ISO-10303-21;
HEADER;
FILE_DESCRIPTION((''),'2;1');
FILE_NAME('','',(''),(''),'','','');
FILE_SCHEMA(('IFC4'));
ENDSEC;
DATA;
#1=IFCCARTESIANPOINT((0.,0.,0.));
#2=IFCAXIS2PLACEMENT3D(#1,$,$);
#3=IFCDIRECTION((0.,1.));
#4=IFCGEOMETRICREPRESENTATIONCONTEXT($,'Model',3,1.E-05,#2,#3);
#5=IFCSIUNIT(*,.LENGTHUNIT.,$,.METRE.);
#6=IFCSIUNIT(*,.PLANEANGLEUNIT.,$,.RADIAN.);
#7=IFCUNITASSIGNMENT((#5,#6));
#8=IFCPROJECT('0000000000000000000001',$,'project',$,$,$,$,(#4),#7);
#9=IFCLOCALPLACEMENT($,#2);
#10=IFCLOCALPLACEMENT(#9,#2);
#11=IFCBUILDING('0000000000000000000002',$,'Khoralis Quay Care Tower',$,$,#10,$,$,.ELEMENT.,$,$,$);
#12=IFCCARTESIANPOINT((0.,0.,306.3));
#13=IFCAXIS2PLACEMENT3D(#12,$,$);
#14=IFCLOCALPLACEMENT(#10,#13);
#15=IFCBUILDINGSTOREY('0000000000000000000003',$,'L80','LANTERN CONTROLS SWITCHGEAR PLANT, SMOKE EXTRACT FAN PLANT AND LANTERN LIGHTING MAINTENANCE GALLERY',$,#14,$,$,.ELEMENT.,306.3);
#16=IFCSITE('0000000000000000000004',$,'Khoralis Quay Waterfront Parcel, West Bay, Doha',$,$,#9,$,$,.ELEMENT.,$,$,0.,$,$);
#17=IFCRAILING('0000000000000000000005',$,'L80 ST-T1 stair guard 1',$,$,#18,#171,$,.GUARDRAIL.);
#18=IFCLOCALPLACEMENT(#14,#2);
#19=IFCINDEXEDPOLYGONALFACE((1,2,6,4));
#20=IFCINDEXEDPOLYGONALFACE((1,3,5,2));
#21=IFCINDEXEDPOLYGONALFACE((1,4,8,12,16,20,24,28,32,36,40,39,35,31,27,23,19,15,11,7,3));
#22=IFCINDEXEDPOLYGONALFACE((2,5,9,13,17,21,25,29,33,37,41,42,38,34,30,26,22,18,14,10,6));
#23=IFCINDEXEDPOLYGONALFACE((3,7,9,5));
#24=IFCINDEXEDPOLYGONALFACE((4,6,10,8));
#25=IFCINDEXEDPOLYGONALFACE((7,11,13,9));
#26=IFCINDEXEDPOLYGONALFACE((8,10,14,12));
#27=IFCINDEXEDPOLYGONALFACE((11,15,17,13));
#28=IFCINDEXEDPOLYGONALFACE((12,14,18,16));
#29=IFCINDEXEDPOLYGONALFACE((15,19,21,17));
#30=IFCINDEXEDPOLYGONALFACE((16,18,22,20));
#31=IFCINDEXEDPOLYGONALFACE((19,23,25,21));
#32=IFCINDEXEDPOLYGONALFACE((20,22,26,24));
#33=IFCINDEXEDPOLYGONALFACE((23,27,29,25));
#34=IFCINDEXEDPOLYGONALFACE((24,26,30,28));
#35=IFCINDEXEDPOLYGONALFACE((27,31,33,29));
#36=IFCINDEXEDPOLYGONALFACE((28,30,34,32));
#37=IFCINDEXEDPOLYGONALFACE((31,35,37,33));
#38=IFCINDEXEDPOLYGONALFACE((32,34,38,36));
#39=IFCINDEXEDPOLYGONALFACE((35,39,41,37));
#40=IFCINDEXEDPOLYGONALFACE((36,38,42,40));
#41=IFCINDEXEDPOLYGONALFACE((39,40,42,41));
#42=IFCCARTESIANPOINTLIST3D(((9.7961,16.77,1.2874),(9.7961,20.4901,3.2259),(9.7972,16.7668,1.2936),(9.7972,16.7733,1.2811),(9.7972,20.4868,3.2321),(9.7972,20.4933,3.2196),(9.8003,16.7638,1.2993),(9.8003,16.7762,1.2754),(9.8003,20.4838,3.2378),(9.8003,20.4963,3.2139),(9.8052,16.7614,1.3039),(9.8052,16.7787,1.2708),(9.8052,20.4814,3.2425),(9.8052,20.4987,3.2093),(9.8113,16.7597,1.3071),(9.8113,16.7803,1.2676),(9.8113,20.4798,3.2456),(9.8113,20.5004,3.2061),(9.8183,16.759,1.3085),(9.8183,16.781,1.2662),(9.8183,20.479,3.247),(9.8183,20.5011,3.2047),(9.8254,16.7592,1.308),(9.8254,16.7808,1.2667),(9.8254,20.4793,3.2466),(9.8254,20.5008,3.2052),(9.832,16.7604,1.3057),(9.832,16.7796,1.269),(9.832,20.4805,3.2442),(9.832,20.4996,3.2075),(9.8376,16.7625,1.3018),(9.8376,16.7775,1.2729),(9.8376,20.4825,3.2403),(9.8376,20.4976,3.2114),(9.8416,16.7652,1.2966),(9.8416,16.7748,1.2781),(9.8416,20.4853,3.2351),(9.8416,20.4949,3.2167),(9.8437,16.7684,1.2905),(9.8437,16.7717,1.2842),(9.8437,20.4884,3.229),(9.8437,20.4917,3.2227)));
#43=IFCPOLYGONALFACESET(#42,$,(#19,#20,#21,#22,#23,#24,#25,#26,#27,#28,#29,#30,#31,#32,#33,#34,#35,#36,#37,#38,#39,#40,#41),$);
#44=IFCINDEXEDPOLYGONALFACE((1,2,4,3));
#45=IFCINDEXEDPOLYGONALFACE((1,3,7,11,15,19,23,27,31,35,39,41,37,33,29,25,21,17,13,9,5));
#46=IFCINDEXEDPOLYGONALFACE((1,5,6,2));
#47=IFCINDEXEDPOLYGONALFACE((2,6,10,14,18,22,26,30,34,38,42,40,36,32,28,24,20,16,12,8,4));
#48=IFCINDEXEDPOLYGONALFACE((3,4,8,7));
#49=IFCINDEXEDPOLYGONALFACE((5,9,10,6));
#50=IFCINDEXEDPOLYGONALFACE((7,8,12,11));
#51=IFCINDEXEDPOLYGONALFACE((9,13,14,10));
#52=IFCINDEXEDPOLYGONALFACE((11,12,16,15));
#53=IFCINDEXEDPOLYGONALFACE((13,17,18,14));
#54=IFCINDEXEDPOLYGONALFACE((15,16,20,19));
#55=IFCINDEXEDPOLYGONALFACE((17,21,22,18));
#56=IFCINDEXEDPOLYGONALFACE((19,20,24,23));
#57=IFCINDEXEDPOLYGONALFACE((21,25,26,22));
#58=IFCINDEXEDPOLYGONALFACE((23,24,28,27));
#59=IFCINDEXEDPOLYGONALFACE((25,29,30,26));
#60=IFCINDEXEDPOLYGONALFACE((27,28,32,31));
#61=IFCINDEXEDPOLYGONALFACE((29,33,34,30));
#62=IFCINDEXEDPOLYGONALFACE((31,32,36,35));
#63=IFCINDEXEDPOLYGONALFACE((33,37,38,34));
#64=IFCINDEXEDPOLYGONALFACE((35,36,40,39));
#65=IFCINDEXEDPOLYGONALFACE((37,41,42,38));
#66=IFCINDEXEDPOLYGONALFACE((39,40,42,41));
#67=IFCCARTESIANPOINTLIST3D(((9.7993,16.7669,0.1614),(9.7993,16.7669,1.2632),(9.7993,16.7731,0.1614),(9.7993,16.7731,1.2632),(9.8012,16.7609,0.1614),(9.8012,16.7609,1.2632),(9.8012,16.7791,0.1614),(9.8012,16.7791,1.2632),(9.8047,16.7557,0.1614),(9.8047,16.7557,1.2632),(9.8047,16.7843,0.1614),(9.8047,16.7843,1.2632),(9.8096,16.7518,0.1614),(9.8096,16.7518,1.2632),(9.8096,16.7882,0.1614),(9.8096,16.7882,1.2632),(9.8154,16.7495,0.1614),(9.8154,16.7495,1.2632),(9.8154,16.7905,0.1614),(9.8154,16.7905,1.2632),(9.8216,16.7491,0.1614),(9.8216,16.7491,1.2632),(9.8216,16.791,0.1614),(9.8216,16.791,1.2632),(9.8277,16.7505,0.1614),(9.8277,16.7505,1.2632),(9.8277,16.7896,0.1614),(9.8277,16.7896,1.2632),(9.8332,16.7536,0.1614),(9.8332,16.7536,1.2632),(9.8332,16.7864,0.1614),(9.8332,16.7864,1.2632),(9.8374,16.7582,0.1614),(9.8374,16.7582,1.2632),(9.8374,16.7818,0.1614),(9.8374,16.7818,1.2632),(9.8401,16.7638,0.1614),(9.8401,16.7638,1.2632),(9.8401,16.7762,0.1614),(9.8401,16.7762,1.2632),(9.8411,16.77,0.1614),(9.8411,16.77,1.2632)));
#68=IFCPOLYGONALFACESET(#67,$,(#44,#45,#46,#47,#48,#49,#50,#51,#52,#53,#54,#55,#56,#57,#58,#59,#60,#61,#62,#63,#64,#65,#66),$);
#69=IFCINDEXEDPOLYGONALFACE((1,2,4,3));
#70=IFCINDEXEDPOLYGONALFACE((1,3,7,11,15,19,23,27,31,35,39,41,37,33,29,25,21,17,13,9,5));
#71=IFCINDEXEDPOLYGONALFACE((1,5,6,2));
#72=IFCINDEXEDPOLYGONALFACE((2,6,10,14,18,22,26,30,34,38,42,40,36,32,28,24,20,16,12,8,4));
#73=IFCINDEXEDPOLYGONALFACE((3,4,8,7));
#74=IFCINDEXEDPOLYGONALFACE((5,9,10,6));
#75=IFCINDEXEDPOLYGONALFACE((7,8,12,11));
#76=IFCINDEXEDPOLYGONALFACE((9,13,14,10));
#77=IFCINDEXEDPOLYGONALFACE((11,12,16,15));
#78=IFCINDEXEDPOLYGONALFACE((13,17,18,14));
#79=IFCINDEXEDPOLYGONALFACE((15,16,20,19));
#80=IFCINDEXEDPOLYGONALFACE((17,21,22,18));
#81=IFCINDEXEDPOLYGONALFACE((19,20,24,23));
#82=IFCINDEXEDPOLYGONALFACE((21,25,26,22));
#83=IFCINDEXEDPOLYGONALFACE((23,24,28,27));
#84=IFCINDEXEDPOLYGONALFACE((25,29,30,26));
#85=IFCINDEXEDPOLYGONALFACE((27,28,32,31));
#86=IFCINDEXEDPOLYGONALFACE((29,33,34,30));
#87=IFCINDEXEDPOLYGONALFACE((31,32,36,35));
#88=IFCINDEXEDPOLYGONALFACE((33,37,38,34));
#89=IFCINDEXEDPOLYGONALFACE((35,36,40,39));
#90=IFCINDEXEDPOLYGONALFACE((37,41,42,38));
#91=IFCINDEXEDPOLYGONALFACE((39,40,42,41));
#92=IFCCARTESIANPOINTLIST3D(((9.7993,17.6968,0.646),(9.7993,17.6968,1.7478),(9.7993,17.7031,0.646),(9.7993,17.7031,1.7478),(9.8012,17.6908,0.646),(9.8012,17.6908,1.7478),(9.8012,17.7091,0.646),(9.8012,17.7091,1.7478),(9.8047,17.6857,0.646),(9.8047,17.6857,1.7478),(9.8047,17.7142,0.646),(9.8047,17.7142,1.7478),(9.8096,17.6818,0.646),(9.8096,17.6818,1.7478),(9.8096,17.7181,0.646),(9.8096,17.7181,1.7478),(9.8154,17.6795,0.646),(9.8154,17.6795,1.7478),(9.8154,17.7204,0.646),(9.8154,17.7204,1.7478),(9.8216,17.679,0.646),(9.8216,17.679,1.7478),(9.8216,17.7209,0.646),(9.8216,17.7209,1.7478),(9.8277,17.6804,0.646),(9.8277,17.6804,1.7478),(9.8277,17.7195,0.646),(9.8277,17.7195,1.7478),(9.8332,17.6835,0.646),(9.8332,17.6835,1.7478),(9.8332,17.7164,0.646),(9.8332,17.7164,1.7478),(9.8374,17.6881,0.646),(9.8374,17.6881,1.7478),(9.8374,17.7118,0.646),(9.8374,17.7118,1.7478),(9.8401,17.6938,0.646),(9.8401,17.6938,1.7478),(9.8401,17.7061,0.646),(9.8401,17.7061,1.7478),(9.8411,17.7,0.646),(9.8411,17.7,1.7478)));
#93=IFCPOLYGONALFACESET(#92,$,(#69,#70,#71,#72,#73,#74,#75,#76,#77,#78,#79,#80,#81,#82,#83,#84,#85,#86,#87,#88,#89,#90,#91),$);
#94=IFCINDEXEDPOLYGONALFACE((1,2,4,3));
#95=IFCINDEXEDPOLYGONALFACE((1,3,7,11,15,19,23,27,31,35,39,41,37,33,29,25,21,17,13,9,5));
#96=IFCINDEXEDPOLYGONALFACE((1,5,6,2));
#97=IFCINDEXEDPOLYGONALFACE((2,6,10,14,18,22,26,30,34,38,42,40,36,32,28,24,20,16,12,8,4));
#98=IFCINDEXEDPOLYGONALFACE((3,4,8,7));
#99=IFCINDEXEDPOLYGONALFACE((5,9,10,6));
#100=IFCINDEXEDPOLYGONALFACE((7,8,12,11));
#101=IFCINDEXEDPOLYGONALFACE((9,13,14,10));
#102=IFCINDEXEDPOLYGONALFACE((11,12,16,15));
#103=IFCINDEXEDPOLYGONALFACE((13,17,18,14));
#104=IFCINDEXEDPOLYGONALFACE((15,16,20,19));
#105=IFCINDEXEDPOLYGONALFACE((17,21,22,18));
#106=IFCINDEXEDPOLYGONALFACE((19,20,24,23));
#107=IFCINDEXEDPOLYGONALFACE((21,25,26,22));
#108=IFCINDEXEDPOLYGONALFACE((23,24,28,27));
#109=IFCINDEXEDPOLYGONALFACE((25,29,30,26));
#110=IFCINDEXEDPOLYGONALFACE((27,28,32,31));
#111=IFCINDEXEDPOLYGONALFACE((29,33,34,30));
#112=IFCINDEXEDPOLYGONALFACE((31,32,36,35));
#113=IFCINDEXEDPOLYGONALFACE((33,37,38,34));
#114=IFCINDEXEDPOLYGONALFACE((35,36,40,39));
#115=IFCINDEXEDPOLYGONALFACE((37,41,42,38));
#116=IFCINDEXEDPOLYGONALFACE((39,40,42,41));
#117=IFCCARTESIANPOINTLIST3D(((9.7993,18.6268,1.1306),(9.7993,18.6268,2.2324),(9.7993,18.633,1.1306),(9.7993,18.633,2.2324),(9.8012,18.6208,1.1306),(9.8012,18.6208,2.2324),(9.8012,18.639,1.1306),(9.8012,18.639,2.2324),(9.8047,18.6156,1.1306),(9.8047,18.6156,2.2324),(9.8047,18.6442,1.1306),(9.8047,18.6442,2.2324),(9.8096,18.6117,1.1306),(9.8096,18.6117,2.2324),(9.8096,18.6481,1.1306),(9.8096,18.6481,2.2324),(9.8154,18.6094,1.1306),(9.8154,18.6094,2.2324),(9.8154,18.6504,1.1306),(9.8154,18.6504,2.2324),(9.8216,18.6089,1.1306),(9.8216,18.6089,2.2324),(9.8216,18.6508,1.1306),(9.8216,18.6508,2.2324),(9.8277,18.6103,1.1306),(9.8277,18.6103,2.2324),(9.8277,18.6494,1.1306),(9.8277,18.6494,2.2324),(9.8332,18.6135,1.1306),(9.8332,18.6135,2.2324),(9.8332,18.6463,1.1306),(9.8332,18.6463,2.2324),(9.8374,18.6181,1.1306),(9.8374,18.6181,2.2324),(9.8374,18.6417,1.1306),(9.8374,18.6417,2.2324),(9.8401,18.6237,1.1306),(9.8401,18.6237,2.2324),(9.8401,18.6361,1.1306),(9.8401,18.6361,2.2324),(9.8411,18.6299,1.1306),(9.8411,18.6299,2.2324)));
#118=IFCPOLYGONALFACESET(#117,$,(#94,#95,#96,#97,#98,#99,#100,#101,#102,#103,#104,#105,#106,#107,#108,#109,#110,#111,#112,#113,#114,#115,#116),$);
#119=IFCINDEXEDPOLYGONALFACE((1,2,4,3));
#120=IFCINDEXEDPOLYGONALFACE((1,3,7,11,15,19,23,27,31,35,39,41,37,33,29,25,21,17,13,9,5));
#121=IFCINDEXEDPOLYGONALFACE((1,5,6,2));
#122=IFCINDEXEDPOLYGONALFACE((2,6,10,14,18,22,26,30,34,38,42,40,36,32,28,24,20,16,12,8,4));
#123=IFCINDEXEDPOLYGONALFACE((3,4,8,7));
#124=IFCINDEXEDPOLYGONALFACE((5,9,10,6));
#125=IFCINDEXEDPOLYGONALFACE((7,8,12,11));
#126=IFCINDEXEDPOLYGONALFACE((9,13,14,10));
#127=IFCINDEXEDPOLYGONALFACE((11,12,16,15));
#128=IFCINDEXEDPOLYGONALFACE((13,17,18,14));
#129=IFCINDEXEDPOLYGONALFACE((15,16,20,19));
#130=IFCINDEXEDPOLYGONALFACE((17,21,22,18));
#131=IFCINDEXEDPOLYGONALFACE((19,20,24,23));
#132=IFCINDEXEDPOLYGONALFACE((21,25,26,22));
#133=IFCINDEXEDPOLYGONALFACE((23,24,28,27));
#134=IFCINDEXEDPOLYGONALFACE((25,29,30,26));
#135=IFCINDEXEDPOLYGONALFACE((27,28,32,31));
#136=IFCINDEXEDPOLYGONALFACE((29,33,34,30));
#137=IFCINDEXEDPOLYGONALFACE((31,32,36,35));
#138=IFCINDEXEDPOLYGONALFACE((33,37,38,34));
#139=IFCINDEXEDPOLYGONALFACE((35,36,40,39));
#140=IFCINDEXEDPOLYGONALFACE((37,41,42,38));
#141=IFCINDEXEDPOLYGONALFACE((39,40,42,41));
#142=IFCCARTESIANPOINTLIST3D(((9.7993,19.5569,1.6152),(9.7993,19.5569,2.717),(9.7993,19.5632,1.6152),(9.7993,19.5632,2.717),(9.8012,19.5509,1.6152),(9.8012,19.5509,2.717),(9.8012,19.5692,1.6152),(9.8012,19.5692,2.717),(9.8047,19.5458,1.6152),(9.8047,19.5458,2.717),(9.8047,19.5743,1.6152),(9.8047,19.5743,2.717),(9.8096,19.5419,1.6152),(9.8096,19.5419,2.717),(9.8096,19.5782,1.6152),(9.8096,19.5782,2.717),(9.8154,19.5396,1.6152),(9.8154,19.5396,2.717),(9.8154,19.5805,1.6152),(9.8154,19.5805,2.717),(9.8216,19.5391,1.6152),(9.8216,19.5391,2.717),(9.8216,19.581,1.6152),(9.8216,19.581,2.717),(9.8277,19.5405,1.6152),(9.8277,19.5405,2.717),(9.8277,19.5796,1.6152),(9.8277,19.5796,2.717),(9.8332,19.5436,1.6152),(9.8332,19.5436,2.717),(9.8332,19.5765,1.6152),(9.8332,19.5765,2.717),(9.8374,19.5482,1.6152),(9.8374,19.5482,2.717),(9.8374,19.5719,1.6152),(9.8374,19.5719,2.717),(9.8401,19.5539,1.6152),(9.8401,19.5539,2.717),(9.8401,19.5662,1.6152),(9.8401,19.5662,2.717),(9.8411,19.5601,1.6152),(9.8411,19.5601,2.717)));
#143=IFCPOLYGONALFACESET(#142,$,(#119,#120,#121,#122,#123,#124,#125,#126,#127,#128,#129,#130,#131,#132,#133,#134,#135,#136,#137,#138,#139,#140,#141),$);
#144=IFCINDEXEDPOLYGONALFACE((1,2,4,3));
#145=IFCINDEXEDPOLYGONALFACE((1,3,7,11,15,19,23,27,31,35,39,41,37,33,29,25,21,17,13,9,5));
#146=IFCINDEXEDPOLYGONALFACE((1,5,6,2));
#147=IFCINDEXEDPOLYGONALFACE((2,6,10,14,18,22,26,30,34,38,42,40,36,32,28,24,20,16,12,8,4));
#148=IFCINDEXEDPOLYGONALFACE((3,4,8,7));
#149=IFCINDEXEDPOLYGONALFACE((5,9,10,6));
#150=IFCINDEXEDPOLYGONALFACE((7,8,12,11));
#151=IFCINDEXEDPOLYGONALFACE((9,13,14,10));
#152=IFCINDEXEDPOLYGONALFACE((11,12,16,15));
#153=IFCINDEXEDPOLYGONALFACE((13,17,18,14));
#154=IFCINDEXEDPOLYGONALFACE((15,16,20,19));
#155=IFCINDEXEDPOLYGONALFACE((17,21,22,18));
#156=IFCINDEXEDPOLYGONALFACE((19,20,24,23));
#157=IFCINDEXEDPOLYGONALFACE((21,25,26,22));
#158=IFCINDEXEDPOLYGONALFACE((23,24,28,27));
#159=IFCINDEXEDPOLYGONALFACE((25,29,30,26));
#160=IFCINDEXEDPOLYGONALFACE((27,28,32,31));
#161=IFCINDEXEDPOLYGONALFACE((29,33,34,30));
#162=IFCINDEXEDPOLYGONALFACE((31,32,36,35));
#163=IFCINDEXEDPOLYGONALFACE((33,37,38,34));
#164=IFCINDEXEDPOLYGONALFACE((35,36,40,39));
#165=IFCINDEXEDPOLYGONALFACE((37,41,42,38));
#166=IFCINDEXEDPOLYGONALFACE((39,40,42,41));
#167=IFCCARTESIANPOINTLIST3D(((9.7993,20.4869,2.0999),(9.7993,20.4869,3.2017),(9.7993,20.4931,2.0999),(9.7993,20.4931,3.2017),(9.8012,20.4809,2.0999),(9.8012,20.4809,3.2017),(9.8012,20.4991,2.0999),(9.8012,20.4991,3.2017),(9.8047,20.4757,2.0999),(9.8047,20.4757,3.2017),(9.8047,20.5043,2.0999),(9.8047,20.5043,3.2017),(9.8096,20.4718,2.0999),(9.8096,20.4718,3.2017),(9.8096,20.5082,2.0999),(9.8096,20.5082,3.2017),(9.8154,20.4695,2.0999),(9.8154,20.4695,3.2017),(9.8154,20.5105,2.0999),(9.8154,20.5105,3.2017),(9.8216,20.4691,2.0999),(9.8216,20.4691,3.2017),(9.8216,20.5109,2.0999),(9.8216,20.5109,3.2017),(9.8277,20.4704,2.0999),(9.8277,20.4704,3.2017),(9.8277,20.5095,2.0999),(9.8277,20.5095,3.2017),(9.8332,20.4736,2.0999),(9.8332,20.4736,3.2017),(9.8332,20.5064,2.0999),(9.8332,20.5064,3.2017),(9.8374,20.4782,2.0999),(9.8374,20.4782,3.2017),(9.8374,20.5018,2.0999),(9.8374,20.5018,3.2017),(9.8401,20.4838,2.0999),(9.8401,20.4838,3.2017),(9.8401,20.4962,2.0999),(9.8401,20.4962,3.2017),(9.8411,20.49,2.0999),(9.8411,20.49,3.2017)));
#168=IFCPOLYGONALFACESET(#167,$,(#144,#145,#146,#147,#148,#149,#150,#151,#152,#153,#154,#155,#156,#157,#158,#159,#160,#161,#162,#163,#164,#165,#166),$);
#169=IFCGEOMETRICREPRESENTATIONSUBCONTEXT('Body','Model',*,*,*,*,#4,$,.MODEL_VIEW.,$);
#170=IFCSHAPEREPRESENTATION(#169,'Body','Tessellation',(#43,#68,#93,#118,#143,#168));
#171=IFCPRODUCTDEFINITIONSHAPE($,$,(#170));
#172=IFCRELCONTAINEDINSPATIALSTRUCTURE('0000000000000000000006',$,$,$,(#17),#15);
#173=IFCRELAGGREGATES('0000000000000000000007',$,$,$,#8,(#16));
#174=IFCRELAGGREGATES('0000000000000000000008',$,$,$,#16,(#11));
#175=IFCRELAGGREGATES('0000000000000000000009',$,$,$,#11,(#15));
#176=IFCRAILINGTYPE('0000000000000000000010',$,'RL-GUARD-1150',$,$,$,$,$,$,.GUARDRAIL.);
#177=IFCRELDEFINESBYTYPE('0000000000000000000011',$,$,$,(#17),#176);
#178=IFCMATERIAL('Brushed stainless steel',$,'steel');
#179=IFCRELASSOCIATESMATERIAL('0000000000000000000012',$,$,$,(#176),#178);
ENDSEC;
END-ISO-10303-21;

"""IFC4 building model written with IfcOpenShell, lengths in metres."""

from ifc_helpers import new_model, si_unit, direction, frame, origin, origin_2d, place, context, subcontext, project, spatial, circle, extrude, material, type_object, element, save


model = new_model("IFC4")

# Units and contexts
model_context = context("Model", 3, precision=1e-05, world=origin(), true_north=direction((0.0, 1.0)))
body_context = subcontext(model_context, "Body", "Model", "MODEL_VIEW")
ifc_project = project(units=[si_unit("LENGTHUNIT", "METRE"), si_unit("PLANEANGLEUNIT", "RADIAN")], contexts=[model_context])

# Site, building, storey
site_placement = place(None, origin())
site = spatial("IfcSite", under=ifc_project, at=site_placement, Name="Khoralis Quay Waterfront Parcel, West Bay, Doha", CompositionType="ELEMENT", RefElevation=0.0)
building_placement = place(site_placement, origin())
building = spatial("IfcBuilding", under=site, at=building_placement, Name="Khoralis Quay Care Tower", CompositionType="ELEMENT")
storey_placement = place(building_placement, frame((0.0, 0.0, 306.3)))
storey = spatial("IfcBuildingStorey", under=building, at=storey_placement, Name="L80", Description="LANTERN CONTROLS SWITCHGEAR PLANT, SMOKE EXTRACT FAN PLANT AND LANTERN LIGHTING MAINTENANCE GALLERY", CompositionType="ELEMENT", Elevation=306.3)

# Shared definitions
ifc_material_1 = material(Name="Brushed stainless steel", Category="steel")

# Railing
railing_type_1 = type_object("IfcRailingType", Name="RL-GUARD-1150", PredefinedType="GUARDRAIL", material=ifc_material_1)
railing_1_placement = place(storey_placement, frame((9.8201, 16.77, 0.1614)))
element("IfcRailing", 1, at=railing_1_placement, inside=storey, type_object=railing_type_1, Name="L80 ST-T1 stair guard 1", PredefinedType="GUARDRAIL", context=body_context, shape_type="SweptSolid", body=[
    extrude(circle(Radius=0.0239, at=origin_2d()), frame((0.0, 0.0, 1.126), z_axis=(0.0, 0.886817, 0.46212), x_axis=(-1.0, 0.0, 0.0)), (0.0, 0.0, 1.0), 4.1948),
    extrude(circle(Radius=0.021, at=origin_2d()), origin(), (0.0, 0.0, 1.0), 1.1018),
    extrude(circle(Radius=0.021, at=origin_2d()), frame((0.0, 0.9299, 0.4846)), (0.0, 0.0, 1.0), 1.1018),
    extrude(circle(Radius=0.021, at=origin_2d()), frame((0.0, 1.8599, 0.9692)), (0.0, 0.0, 1.0), 1.1018),
    extrude(circle(Radius=0.021, at=origin_2d()), frame((0.0, 2.79, 1.4539)), (0.0, 0.0, 1.0), 1.1018),
    extrude(circle(Radius=0.021, at=origin_2d()), frame((0.0, 3.72, 1.9385)), (0.0, 0.0, 1.0), 1.1018),
])

save(model, "model.ifc")
